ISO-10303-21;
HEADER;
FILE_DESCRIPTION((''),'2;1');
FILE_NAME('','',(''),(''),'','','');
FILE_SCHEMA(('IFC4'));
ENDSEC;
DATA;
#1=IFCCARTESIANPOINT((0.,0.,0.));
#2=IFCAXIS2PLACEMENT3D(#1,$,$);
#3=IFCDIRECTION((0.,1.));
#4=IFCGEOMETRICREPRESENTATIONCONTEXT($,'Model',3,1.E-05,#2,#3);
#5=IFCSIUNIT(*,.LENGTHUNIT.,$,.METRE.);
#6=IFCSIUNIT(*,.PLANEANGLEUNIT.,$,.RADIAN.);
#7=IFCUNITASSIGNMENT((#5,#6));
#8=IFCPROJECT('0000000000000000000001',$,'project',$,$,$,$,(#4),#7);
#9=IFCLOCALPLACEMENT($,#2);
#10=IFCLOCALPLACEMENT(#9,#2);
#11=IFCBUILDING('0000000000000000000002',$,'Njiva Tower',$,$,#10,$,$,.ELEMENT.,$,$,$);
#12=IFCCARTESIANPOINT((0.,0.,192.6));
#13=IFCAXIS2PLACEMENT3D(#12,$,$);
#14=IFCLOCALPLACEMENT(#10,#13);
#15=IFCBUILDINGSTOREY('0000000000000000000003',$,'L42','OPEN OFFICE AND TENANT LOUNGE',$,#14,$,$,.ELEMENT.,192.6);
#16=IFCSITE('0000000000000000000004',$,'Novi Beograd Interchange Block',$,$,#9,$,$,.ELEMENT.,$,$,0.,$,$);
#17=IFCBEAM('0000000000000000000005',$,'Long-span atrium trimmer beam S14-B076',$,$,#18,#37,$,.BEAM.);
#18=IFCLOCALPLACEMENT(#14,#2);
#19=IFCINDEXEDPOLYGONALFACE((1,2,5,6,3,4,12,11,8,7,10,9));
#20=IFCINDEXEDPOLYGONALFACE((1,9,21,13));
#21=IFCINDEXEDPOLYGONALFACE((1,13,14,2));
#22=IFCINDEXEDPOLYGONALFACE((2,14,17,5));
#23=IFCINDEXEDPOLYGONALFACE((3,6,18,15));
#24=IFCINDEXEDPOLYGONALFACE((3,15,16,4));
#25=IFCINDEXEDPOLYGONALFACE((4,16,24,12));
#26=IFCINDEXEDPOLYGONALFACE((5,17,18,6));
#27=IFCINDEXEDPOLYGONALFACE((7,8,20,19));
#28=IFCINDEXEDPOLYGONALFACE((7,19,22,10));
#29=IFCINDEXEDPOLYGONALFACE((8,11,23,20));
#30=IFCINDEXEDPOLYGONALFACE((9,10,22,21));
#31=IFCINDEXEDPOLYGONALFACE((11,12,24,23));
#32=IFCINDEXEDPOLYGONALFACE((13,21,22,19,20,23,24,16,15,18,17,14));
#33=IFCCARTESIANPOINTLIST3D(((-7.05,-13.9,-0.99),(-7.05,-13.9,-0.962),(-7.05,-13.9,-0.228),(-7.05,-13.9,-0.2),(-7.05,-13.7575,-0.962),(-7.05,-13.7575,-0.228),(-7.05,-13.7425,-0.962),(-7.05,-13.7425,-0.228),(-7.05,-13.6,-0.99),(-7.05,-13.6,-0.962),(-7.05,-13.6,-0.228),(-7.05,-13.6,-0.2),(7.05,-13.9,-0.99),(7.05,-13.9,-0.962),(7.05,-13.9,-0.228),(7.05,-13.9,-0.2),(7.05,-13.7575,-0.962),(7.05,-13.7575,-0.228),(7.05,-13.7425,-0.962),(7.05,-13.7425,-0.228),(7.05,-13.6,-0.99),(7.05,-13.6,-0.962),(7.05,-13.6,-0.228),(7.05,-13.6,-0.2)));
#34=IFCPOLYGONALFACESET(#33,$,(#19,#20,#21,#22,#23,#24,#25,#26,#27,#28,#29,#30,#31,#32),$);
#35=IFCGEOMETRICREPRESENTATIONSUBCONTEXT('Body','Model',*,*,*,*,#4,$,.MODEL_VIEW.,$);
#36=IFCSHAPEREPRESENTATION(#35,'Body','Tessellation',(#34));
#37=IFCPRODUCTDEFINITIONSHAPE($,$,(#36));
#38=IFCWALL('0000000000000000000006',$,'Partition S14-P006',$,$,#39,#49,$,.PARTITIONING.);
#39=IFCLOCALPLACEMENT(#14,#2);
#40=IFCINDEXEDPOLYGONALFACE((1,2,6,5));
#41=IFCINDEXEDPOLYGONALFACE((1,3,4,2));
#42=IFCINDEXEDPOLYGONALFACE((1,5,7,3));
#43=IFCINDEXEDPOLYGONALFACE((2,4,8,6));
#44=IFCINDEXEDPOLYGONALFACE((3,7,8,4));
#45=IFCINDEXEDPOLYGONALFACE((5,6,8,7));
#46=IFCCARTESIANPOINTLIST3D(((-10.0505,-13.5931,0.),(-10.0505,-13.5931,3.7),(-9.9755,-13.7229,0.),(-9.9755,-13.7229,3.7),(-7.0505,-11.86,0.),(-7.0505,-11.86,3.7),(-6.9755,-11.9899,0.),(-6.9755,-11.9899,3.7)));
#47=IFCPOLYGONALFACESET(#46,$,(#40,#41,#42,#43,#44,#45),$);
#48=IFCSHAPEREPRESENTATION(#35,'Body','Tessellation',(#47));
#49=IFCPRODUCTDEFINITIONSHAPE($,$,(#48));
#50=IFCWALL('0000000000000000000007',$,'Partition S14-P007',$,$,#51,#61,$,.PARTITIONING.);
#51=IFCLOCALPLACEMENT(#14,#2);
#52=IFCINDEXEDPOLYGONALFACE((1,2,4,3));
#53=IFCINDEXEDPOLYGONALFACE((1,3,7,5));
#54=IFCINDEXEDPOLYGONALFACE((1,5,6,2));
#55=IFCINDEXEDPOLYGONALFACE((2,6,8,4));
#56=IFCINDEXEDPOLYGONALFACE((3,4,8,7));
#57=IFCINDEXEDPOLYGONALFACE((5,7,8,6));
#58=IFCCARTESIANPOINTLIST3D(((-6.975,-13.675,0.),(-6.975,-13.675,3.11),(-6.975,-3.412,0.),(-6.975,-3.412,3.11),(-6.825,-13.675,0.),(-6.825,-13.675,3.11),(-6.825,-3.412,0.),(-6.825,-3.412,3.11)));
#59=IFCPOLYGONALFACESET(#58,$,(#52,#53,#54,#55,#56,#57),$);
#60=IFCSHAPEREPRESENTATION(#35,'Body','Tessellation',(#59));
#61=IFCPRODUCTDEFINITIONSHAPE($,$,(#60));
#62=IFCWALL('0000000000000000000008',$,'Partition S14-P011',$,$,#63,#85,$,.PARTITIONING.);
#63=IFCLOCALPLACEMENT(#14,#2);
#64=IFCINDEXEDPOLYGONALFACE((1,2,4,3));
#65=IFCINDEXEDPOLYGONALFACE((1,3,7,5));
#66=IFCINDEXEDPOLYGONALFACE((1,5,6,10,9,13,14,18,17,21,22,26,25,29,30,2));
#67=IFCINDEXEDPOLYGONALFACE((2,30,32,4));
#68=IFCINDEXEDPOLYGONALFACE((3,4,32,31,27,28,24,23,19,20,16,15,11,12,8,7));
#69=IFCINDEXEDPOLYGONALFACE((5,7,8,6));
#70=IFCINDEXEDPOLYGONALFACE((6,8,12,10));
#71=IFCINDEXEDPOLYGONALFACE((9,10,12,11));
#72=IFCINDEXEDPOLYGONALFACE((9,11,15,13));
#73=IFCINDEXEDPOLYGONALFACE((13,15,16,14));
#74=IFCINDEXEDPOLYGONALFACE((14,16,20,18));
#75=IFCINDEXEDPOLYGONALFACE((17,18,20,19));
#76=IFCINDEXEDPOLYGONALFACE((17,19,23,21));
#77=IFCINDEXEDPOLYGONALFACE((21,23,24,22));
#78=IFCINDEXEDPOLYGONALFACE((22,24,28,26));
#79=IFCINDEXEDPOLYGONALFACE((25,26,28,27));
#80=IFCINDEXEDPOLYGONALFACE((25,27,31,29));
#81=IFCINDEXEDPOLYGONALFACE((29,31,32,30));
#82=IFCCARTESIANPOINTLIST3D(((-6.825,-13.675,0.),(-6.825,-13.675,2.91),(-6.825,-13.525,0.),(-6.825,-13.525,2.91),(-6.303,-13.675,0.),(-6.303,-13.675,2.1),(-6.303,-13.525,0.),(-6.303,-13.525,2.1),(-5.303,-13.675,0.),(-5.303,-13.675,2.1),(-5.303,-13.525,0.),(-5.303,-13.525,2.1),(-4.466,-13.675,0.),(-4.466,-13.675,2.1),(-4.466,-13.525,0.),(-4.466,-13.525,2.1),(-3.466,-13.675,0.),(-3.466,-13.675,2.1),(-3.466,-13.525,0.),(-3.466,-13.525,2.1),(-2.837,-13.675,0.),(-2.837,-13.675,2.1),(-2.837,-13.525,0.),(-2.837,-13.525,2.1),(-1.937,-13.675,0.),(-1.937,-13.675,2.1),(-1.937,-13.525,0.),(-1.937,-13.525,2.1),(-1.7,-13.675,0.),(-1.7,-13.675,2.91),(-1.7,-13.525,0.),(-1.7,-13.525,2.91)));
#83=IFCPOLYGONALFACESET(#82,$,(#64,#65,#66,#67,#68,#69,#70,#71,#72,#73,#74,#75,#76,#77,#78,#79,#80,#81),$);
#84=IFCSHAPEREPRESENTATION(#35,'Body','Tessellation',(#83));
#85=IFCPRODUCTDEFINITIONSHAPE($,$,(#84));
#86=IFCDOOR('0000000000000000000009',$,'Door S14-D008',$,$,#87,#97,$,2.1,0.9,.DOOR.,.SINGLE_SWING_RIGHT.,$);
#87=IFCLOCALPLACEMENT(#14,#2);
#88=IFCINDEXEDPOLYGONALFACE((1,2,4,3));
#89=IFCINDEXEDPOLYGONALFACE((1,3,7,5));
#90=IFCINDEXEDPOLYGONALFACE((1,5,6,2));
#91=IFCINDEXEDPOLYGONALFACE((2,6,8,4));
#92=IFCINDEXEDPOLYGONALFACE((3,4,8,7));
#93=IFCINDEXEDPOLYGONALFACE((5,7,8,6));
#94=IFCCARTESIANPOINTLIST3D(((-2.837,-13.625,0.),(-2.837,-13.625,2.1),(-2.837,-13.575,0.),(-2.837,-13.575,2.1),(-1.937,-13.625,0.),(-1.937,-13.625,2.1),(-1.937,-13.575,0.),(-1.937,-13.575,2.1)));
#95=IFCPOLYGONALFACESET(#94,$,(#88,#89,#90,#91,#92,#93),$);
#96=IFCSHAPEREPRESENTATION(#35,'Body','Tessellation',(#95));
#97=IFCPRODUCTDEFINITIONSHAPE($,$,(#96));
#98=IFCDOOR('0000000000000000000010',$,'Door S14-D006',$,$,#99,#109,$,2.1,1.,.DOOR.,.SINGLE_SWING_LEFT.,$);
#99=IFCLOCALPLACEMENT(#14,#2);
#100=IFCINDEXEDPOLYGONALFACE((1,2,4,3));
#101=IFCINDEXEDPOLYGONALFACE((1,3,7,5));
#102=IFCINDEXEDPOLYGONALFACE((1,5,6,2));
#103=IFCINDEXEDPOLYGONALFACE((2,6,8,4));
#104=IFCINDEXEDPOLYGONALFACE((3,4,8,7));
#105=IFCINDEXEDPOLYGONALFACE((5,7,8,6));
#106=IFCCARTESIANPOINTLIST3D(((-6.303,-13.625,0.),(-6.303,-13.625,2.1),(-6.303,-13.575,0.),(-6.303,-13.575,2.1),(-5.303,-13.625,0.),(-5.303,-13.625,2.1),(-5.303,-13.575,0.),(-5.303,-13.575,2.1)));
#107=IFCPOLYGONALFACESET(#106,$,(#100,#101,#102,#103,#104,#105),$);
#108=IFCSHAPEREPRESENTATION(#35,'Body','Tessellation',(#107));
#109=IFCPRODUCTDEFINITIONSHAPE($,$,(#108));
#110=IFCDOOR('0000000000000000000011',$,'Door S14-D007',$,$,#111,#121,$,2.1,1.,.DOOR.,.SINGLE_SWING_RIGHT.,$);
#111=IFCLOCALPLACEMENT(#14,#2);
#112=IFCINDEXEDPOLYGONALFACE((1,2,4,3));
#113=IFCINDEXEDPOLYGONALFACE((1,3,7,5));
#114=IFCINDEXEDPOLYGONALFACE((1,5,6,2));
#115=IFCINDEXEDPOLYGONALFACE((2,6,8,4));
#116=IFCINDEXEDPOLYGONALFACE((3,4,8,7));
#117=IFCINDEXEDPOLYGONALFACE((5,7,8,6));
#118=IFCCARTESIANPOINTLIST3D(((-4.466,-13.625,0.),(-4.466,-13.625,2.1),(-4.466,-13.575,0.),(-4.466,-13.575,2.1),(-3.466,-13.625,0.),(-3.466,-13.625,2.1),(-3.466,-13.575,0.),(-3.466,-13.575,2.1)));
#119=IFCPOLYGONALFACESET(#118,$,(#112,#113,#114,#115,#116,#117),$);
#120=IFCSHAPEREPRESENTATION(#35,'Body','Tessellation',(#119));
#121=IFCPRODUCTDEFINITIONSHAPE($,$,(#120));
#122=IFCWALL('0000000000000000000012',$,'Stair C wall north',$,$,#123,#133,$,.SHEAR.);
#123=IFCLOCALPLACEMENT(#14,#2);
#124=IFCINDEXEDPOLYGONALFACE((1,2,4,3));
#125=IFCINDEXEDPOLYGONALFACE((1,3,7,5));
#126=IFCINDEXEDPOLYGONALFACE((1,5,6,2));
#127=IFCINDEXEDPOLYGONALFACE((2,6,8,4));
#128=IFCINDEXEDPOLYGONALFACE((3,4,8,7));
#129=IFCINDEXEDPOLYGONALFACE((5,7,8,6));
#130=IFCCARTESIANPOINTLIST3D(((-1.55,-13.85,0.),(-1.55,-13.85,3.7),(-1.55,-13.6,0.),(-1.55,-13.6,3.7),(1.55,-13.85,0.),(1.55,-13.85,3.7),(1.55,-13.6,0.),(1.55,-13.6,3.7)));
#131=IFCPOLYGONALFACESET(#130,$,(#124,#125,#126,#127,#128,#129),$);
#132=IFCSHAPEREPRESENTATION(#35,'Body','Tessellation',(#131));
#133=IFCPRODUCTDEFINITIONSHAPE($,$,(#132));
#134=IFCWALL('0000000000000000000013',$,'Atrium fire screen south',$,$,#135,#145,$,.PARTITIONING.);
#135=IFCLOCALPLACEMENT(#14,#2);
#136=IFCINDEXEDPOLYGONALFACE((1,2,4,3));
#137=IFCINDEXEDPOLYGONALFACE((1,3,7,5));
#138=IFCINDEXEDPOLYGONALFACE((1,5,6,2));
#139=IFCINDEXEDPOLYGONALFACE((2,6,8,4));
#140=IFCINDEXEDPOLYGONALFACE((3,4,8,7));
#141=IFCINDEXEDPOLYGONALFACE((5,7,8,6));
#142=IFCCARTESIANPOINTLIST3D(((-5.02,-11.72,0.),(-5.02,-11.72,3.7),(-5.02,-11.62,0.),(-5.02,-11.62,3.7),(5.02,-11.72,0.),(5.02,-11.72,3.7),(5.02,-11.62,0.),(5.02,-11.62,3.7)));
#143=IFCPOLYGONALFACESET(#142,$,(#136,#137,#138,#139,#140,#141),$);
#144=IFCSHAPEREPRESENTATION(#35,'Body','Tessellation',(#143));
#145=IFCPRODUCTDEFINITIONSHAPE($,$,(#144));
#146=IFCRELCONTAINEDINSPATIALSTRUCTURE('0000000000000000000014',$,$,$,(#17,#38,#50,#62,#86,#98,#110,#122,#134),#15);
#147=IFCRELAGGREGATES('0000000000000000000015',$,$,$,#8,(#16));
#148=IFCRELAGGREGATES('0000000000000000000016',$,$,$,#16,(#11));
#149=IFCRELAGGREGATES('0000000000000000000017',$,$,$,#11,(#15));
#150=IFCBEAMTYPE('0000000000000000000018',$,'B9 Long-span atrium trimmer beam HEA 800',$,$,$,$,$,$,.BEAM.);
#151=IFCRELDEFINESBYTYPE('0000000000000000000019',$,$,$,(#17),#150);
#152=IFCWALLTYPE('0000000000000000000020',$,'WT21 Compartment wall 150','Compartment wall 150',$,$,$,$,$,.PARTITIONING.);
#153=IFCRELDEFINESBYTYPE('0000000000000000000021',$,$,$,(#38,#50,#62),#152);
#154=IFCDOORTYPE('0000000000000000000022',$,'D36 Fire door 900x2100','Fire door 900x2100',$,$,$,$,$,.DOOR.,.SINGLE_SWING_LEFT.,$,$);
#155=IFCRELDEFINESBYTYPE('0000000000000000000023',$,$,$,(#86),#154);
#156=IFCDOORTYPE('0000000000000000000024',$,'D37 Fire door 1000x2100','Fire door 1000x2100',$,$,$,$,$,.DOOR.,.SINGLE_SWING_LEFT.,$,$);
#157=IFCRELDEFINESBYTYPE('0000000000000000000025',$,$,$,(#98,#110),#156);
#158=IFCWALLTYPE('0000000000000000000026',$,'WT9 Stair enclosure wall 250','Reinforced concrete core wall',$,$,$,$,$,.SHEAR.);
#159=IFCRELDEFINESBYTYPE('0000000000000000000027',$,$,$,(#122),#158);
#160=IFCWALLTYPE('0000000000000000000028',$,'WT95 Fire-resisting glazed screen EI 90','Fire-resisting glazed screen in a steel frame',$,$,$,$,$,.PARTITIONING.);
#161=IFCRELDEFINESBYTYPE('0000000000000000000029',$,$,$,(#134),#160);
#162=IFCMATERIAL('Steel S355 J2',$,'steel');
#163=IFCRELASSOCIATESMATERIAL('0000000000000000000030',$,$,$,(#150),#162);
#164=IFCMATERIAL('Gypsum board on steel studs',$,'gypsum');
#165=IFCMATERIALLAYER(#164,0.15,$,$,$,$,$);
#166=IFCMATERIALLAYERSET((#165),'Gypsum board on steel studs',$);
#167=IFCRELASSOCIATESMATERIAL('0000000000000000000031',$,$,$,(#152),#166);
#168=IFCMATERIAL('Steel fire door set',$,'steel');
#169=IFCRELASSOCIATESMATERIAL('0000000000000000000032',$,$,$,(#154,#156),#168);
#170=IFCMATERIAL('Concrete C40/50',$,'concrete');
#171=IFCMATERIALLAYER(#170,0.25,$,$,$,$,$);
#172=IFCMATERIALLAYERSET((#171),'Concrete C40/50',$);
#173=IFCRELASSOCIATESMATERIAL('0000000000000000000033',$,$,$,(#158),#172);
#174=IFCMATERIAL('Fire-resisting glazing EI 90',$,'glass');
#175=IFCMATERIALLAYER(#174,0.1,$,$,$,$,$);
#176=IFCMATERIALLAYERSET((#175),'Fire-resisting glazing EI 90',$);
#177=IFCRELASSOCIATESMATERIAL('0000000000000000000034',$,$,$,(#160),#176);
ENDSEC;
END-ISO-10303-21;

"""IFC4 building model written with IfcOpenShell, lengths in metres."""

from ifc_helpers import new_model, si_unit, direction, frame, frame_2d, origin, origin_2d, place, context, subcontext, project, spatial, rectangle, i_section, extrude, material, layer, layer_set, material_profile, profile_set, type_object, element, fill, save


model = new_model("IFC4")

# Units and contexts
model_context = context("Model", 3, precision=1e-05, world=origin(), true_north=direction((0.0, 1.0)))
body_context = subcontext(model_context, "Body", "Model", "MODEL_VIEW")
ifc_project = project(units=[si_unit("LENGTHUNIT", "METRE"), si_unit("PLANEANGLEUNIT", "RADIAN")], contexts=[model_context])

# Site, building, storey
site_placement = place(None, origin())
site = spatial("IfcSite", under=ifc_project, at=site_placement, Name="Novi Beograd Interchange Block", CompositionType="ELEMENT", RefElevation=0.0)
building_placement = place(site_placement, origin())
building = spatial("IfcBuilding", under=site, at=building_placement, Name="Njiva Tower", CompositionType="ELEMENT")
storey_placement = place(building_placement, frame((0.0, 0.0, 192.6)))
storey = spatial("IfcBuildingStorey", under=building, at=storey_placement, Name="L42", Description="OPEN OFFICE AND TENANT LOUNGE", CompositionType="ELEMENT", Elevation=192.6)

# Shared definitions
ifc_material_1 = material(Name="Steel S355 J2", Category="steel")

# Beam
ifc_material_profile_1 = material_profile(ifc_material_1, i_section(OverallWidth=0.3, OverallDepth=0.79, WebThickness=0.015, FlangeThickness=0.028, at=origin_2d()), Name="HEA 800")
ifc_profile_set_1 = profile_set([ifc_material_profile_1], Name="Steel S355 J2")
beam_type_1 = type_object("IfcBeamType", Name="B9 Long-span atrium trimmer beam HEA 800", PredefinedType="BEAM", material=ifc_profile_set_1)
beam_1_placement = place(storey_placement, frame((-7.05, -13.75, -0.595), z_axis=(1.0, 0.0, 0.0), x_axis=(0.0, 1.0, 0.0)))
element("IfcBeam", 1, at=beam_1_placement, inside=storey, type_object=beam_type_1, Name="Long-span atrium trimmer beam S14-B076", PredefinedType="BEAM", context=body_context, shape_type="SweptSolid", body=[
    extrude(i_section(OverallWidth=0.3, OverallDepth=0.79, WebThickness=0.015, FlangeThickness=0.028, at=origin_2d()), origin(), (0.0, 0.0, 1.0), 14.1),
])

# Walls
ifc_material_2 = material(Name="Gypsum board on steel studs", Category="gypsum")
ifc_layer_1 = layer(ifc_material_2, 0.15)
ifc_layer_set_1 = layer_set([ifc_layer_1], Name="Gypsum board on steel studs")
wall_type_1 = type_object("IfcWallType", Name="WT21 Compartment wall 150", Description="Compartment wall 150", PredefinedType="PARTITIONING", material=ifc_layer_set_1)
wall_1_placement = place(storey_placement, frame((-10.013, -13.658, 0.0), z_axis=(0.0, 0.0, 1.0), x_axis=(0.865907, 0.500205, 0.0)))
element("IfcWall", 2, at=wall_1_placement, inside=storey, type_object=wall_type_1, Name="Partition S14-P006", PredefinedType="PARTITIONING", context=body_context, shape_type="SweptSolid", body=[
    extrude(rectangle(XDim=3.4646, YDim=0.15, at=frame_2d((1.7323, 0.0))), origin(), (0.0, 0.0, 1.0), 3.7),
])
wall_2_placement = place(storey_placement, frame((-6.9, -13.675, 0.0), z_axis=(0.0, 0.0, 1.0), x_axis=(0.0, 1.0, 0.0)))
element("IfcWall", 3, at=wall_2_placement, inside=storey, type_object=wall_type_1, Name="Partition S14-P007", PredefinedType="PARTITIONING", context=body_context, shape_type="SweptSolid", body=[
    extrude(rectangle(XDim=10.263, YDim=0.15, at=frame_2d((5.1315, 0.0))), origin(), (0.0, 0.0, 1.0), 3.11),
])

# Wall, openings, doors
wall_3_placement = place(storey_placement, frame((-6.825, -13.6, 0.0), z_axis=(0.0, 0.0, 1.0), x_axis=(1.0, 0.0, 0.0)))
wall_3 = element("IfcWall", 4, at=wall_3_placement, inside=storey, type_object=wall_type_1, Name="Partition S14-P011", PredefinedType="PARTITIONING", context=body_context, shape_type="SweptSolid", body=[
    extrude(rectangle(XDim=5.125, YDim=0.15, at=frame_2d((2.5625, 0.0))), origin(), (0.0, 0.0, 1.0), 2.91),
])
opening_1_placement = place(wall_3_placement, frame((0.522, 0.0, 0.0)))
opening_1 = element("IfcOpeningElement", 5, at=opening_1_placement, cuts=wall_3, PredefinedType="OPENING", context=body_context, shape_type="SweptSolid", body=[
    extrude(rectangle(XDim=1.0, YDim=2.1, at=frame_2d((0.5, 1.05))), frame((0.0, 0.085, 0.0), z_axis=(0.0, -1.0, 0.0), x_axis=(1.0, 0.0, 0.0)), (0.0, 0.0, 1.0), 0.17),
])
opening_2_placement = place(wall_3_placement, frame((2.359, 0.0, 0.0)))
opening_2 = element("IfcOpeningElement", 6, at=opening_2_placement, cuts=wall_3, PredefinedType="OPENING", context=body_context, shape_type="SweptSolid", body=[
    extrude(rectangle(XDim=1.0, YDim=2.1, at=frame_2d((0.5, 1.05))), frame((0.0, 0.085, 0.0), z_axis=(0.0, -1.0, 0.0), x_axis=(1.0, 0.0, 0.0)), (0.0, 0.0, 1.0), 0.17),
])
opening_3_placement = place(wall_3_placement, frame((3.988, 0.0, 0.0)))
opening_3 = element("IfcOpeningElement", 7, at=opening_3_placement, cuts=wall_3, PredefinedType="OPENING", context=body_context, shape_type="SweptSolid", body=[
    extrude(rectangle(XDim=0.9, YDim=2.1, at=frame_2d((0.45, 1.05))), frame((0.0, 0.085, 0.0), z_axis=(0.0, -1.0, 0.0), x_axis=(1.0, 0.0, 0.0)), (0.0, 0.0, 1.0), 0.17),
])
ifc_material_3 = material(Name="Steel fire door set", Category="steel")
door_type_1 = type_object("IfcDoorType", Name="D36 Fire door 900x2100", Description="Fire door 900x2100", OperationType="SINGLE_SWING_LEFT", PredefinedType="DOOR", material=ifc_material_3)
door_1_placement = place(opening_3_placement, origin())
door_1 = element("IfcDoor", 8, at=door_1_placement, inside=storey, type_object=door_type_1, Name="Door S14-D008", OperationType="SINGLE_SWING_RIGHT", OverallHeight=2.1, OverallWidth=0.9, PredefinedType="DOOR", context=body_context, shape_type="SweptSolid", body=[
    extrude(rectangle(XDim=0.9, YDim=2.1, at=frame_2d((0.45, 1.05))), frame((0.0, 0.025, 0.0), z_axis=(0.0, -1.0, 0.0), x_axis=(1.0, 0.0, 0.0)), (0.0, 0.0, 1.0), 0.05),
])
fill(opening_3, door_1)
door_type_2 = type_object("IfcDoorType", Name="D37 Fire door 1000x2100", Description="Fire door 1000x2100", OperationType="SINGLE_SWING_LEFT", PredefinedType="DOOR", material=ifc_material_3)
door_2_placement = place(opening_1_placement, origin())
door_2 = element("IfcDoor", 9, at=door_2_placement, inside=storey, type_object=door_type_2, Name="Door S14-D006", OperationType="SINGLE_SWING_LEFT", OverallHeight=2.1, OverallWidth=1.0, PredefinedType="DOOR", context=body_context, shape_type="SweptSolid", body=[
    extrude(rectangle(XDim=1.0, YDim=2.1, at=frame_2d((0.5, 1.05))), frame((0.0, 0.025, 0.0), z_axis=(0.0, -1.0, 0.0), x_axis=(1.0, 0.0, 0.0)), (0.0, 0.0, 1.0), 0.05),
])
fill(opening_1, door_2)
door_3_placement = place(opening_2_placement, origin())
door_3 = element("IfcDoor", 10, at=door_3_placement, inside=storey, type_object=door_type_2, Name="Door S14-D007", OperationType="SINGLE_SWING_RIGHT", OverallHeight=2.1, OverallWidth=1.0, PredefinedType="DOOR", context=body_context, shape_type="SweptSolid", body=[
    extrude(rectangle(XDim=1.0, YDim=2.1, at=frame_2d((0.5, 1.05))), frame((0.0, 0.025, 0.0), z_axis=(0.0, -1.0, 0.0), x_axis=(1.0, 0.0, 0.0)), (0.0, 0.0, 1.0), 0.05),
])
fill(opening_2, door_3)

# Walls
ifc_material_4 = material(Name="Concrete C40/50", Category="concrete")
ifc_layer_2 = layer(ifc_material_4, 0.25)
ifc_layer_set_2 = layer_set([ifc_layer_2], Name="Concrete C40/50")
wall_type_2 = type_object("IfcWallType", Name="WT9 Stair enclosure wall 250", Description="Reinforced concrete core wall", PredefinedType="SHEAR", material=ifc_layer_set_2)
wall_4_placement = place(storey_placement, frame((-1.55, -13.725, 0.0), z_axis=(0.0, 0.0, 1.0), x_axis=(1.0, 0.0, 0.0)))
element("IfcWall", 11, at=wall_4_placement, inside=storey, type_object=wall_type_2, Name="Stair C wall north", PredefinedType="SHEAR", context=body_context, shape_type="SweptSolid", body=[
    extrude(rectangle(XDim=3.1, YDim=0.25, at=frame_2d((1.55, 0.0))), origin(), (0.0, 0.0, 1.0), 3.7),
])
ifc_material_5 = material(Name="Fire-resisting glazing EI 90", Category="glass")
ifc_layer_3 = layer(ifc_material_5, 0.1)
ifc_layer_set_3 = layer_set([ifc_layer_3], Name="Fire-resisting glazing EI 90")
wall_type_3 = type_object("IfcWallType", Name="WT95 Fire-resisting glazed screen EI 90", Description="Fire-resisting glazed screen in a steel frame", PredefinedType="PARTITIONING", material=ifc_layer_set_3)
wall_5_placement = place(storey_placement, frame((-5.02, -11.67, 0.0), z_axis=(0.0, 0.0, 1.0), x_axis=(1.0, 0.0, 0.0)))
element("IfcWall", 12, at=wall_5_placement, inside=storey, type_object=wall_type_3, Name="Atrium fire screen south", PredefinedType="PARTITIONING", context=body_context, shape_type="SweptSolid", body=[
    extrude(rectangle(XDim=10.04, YDim=0.1, at=frame_2d((5.02, 0.0))), origin(), (0.0, 0.0, 1.0), 3.7),
])

save(model, "model.ifc")
